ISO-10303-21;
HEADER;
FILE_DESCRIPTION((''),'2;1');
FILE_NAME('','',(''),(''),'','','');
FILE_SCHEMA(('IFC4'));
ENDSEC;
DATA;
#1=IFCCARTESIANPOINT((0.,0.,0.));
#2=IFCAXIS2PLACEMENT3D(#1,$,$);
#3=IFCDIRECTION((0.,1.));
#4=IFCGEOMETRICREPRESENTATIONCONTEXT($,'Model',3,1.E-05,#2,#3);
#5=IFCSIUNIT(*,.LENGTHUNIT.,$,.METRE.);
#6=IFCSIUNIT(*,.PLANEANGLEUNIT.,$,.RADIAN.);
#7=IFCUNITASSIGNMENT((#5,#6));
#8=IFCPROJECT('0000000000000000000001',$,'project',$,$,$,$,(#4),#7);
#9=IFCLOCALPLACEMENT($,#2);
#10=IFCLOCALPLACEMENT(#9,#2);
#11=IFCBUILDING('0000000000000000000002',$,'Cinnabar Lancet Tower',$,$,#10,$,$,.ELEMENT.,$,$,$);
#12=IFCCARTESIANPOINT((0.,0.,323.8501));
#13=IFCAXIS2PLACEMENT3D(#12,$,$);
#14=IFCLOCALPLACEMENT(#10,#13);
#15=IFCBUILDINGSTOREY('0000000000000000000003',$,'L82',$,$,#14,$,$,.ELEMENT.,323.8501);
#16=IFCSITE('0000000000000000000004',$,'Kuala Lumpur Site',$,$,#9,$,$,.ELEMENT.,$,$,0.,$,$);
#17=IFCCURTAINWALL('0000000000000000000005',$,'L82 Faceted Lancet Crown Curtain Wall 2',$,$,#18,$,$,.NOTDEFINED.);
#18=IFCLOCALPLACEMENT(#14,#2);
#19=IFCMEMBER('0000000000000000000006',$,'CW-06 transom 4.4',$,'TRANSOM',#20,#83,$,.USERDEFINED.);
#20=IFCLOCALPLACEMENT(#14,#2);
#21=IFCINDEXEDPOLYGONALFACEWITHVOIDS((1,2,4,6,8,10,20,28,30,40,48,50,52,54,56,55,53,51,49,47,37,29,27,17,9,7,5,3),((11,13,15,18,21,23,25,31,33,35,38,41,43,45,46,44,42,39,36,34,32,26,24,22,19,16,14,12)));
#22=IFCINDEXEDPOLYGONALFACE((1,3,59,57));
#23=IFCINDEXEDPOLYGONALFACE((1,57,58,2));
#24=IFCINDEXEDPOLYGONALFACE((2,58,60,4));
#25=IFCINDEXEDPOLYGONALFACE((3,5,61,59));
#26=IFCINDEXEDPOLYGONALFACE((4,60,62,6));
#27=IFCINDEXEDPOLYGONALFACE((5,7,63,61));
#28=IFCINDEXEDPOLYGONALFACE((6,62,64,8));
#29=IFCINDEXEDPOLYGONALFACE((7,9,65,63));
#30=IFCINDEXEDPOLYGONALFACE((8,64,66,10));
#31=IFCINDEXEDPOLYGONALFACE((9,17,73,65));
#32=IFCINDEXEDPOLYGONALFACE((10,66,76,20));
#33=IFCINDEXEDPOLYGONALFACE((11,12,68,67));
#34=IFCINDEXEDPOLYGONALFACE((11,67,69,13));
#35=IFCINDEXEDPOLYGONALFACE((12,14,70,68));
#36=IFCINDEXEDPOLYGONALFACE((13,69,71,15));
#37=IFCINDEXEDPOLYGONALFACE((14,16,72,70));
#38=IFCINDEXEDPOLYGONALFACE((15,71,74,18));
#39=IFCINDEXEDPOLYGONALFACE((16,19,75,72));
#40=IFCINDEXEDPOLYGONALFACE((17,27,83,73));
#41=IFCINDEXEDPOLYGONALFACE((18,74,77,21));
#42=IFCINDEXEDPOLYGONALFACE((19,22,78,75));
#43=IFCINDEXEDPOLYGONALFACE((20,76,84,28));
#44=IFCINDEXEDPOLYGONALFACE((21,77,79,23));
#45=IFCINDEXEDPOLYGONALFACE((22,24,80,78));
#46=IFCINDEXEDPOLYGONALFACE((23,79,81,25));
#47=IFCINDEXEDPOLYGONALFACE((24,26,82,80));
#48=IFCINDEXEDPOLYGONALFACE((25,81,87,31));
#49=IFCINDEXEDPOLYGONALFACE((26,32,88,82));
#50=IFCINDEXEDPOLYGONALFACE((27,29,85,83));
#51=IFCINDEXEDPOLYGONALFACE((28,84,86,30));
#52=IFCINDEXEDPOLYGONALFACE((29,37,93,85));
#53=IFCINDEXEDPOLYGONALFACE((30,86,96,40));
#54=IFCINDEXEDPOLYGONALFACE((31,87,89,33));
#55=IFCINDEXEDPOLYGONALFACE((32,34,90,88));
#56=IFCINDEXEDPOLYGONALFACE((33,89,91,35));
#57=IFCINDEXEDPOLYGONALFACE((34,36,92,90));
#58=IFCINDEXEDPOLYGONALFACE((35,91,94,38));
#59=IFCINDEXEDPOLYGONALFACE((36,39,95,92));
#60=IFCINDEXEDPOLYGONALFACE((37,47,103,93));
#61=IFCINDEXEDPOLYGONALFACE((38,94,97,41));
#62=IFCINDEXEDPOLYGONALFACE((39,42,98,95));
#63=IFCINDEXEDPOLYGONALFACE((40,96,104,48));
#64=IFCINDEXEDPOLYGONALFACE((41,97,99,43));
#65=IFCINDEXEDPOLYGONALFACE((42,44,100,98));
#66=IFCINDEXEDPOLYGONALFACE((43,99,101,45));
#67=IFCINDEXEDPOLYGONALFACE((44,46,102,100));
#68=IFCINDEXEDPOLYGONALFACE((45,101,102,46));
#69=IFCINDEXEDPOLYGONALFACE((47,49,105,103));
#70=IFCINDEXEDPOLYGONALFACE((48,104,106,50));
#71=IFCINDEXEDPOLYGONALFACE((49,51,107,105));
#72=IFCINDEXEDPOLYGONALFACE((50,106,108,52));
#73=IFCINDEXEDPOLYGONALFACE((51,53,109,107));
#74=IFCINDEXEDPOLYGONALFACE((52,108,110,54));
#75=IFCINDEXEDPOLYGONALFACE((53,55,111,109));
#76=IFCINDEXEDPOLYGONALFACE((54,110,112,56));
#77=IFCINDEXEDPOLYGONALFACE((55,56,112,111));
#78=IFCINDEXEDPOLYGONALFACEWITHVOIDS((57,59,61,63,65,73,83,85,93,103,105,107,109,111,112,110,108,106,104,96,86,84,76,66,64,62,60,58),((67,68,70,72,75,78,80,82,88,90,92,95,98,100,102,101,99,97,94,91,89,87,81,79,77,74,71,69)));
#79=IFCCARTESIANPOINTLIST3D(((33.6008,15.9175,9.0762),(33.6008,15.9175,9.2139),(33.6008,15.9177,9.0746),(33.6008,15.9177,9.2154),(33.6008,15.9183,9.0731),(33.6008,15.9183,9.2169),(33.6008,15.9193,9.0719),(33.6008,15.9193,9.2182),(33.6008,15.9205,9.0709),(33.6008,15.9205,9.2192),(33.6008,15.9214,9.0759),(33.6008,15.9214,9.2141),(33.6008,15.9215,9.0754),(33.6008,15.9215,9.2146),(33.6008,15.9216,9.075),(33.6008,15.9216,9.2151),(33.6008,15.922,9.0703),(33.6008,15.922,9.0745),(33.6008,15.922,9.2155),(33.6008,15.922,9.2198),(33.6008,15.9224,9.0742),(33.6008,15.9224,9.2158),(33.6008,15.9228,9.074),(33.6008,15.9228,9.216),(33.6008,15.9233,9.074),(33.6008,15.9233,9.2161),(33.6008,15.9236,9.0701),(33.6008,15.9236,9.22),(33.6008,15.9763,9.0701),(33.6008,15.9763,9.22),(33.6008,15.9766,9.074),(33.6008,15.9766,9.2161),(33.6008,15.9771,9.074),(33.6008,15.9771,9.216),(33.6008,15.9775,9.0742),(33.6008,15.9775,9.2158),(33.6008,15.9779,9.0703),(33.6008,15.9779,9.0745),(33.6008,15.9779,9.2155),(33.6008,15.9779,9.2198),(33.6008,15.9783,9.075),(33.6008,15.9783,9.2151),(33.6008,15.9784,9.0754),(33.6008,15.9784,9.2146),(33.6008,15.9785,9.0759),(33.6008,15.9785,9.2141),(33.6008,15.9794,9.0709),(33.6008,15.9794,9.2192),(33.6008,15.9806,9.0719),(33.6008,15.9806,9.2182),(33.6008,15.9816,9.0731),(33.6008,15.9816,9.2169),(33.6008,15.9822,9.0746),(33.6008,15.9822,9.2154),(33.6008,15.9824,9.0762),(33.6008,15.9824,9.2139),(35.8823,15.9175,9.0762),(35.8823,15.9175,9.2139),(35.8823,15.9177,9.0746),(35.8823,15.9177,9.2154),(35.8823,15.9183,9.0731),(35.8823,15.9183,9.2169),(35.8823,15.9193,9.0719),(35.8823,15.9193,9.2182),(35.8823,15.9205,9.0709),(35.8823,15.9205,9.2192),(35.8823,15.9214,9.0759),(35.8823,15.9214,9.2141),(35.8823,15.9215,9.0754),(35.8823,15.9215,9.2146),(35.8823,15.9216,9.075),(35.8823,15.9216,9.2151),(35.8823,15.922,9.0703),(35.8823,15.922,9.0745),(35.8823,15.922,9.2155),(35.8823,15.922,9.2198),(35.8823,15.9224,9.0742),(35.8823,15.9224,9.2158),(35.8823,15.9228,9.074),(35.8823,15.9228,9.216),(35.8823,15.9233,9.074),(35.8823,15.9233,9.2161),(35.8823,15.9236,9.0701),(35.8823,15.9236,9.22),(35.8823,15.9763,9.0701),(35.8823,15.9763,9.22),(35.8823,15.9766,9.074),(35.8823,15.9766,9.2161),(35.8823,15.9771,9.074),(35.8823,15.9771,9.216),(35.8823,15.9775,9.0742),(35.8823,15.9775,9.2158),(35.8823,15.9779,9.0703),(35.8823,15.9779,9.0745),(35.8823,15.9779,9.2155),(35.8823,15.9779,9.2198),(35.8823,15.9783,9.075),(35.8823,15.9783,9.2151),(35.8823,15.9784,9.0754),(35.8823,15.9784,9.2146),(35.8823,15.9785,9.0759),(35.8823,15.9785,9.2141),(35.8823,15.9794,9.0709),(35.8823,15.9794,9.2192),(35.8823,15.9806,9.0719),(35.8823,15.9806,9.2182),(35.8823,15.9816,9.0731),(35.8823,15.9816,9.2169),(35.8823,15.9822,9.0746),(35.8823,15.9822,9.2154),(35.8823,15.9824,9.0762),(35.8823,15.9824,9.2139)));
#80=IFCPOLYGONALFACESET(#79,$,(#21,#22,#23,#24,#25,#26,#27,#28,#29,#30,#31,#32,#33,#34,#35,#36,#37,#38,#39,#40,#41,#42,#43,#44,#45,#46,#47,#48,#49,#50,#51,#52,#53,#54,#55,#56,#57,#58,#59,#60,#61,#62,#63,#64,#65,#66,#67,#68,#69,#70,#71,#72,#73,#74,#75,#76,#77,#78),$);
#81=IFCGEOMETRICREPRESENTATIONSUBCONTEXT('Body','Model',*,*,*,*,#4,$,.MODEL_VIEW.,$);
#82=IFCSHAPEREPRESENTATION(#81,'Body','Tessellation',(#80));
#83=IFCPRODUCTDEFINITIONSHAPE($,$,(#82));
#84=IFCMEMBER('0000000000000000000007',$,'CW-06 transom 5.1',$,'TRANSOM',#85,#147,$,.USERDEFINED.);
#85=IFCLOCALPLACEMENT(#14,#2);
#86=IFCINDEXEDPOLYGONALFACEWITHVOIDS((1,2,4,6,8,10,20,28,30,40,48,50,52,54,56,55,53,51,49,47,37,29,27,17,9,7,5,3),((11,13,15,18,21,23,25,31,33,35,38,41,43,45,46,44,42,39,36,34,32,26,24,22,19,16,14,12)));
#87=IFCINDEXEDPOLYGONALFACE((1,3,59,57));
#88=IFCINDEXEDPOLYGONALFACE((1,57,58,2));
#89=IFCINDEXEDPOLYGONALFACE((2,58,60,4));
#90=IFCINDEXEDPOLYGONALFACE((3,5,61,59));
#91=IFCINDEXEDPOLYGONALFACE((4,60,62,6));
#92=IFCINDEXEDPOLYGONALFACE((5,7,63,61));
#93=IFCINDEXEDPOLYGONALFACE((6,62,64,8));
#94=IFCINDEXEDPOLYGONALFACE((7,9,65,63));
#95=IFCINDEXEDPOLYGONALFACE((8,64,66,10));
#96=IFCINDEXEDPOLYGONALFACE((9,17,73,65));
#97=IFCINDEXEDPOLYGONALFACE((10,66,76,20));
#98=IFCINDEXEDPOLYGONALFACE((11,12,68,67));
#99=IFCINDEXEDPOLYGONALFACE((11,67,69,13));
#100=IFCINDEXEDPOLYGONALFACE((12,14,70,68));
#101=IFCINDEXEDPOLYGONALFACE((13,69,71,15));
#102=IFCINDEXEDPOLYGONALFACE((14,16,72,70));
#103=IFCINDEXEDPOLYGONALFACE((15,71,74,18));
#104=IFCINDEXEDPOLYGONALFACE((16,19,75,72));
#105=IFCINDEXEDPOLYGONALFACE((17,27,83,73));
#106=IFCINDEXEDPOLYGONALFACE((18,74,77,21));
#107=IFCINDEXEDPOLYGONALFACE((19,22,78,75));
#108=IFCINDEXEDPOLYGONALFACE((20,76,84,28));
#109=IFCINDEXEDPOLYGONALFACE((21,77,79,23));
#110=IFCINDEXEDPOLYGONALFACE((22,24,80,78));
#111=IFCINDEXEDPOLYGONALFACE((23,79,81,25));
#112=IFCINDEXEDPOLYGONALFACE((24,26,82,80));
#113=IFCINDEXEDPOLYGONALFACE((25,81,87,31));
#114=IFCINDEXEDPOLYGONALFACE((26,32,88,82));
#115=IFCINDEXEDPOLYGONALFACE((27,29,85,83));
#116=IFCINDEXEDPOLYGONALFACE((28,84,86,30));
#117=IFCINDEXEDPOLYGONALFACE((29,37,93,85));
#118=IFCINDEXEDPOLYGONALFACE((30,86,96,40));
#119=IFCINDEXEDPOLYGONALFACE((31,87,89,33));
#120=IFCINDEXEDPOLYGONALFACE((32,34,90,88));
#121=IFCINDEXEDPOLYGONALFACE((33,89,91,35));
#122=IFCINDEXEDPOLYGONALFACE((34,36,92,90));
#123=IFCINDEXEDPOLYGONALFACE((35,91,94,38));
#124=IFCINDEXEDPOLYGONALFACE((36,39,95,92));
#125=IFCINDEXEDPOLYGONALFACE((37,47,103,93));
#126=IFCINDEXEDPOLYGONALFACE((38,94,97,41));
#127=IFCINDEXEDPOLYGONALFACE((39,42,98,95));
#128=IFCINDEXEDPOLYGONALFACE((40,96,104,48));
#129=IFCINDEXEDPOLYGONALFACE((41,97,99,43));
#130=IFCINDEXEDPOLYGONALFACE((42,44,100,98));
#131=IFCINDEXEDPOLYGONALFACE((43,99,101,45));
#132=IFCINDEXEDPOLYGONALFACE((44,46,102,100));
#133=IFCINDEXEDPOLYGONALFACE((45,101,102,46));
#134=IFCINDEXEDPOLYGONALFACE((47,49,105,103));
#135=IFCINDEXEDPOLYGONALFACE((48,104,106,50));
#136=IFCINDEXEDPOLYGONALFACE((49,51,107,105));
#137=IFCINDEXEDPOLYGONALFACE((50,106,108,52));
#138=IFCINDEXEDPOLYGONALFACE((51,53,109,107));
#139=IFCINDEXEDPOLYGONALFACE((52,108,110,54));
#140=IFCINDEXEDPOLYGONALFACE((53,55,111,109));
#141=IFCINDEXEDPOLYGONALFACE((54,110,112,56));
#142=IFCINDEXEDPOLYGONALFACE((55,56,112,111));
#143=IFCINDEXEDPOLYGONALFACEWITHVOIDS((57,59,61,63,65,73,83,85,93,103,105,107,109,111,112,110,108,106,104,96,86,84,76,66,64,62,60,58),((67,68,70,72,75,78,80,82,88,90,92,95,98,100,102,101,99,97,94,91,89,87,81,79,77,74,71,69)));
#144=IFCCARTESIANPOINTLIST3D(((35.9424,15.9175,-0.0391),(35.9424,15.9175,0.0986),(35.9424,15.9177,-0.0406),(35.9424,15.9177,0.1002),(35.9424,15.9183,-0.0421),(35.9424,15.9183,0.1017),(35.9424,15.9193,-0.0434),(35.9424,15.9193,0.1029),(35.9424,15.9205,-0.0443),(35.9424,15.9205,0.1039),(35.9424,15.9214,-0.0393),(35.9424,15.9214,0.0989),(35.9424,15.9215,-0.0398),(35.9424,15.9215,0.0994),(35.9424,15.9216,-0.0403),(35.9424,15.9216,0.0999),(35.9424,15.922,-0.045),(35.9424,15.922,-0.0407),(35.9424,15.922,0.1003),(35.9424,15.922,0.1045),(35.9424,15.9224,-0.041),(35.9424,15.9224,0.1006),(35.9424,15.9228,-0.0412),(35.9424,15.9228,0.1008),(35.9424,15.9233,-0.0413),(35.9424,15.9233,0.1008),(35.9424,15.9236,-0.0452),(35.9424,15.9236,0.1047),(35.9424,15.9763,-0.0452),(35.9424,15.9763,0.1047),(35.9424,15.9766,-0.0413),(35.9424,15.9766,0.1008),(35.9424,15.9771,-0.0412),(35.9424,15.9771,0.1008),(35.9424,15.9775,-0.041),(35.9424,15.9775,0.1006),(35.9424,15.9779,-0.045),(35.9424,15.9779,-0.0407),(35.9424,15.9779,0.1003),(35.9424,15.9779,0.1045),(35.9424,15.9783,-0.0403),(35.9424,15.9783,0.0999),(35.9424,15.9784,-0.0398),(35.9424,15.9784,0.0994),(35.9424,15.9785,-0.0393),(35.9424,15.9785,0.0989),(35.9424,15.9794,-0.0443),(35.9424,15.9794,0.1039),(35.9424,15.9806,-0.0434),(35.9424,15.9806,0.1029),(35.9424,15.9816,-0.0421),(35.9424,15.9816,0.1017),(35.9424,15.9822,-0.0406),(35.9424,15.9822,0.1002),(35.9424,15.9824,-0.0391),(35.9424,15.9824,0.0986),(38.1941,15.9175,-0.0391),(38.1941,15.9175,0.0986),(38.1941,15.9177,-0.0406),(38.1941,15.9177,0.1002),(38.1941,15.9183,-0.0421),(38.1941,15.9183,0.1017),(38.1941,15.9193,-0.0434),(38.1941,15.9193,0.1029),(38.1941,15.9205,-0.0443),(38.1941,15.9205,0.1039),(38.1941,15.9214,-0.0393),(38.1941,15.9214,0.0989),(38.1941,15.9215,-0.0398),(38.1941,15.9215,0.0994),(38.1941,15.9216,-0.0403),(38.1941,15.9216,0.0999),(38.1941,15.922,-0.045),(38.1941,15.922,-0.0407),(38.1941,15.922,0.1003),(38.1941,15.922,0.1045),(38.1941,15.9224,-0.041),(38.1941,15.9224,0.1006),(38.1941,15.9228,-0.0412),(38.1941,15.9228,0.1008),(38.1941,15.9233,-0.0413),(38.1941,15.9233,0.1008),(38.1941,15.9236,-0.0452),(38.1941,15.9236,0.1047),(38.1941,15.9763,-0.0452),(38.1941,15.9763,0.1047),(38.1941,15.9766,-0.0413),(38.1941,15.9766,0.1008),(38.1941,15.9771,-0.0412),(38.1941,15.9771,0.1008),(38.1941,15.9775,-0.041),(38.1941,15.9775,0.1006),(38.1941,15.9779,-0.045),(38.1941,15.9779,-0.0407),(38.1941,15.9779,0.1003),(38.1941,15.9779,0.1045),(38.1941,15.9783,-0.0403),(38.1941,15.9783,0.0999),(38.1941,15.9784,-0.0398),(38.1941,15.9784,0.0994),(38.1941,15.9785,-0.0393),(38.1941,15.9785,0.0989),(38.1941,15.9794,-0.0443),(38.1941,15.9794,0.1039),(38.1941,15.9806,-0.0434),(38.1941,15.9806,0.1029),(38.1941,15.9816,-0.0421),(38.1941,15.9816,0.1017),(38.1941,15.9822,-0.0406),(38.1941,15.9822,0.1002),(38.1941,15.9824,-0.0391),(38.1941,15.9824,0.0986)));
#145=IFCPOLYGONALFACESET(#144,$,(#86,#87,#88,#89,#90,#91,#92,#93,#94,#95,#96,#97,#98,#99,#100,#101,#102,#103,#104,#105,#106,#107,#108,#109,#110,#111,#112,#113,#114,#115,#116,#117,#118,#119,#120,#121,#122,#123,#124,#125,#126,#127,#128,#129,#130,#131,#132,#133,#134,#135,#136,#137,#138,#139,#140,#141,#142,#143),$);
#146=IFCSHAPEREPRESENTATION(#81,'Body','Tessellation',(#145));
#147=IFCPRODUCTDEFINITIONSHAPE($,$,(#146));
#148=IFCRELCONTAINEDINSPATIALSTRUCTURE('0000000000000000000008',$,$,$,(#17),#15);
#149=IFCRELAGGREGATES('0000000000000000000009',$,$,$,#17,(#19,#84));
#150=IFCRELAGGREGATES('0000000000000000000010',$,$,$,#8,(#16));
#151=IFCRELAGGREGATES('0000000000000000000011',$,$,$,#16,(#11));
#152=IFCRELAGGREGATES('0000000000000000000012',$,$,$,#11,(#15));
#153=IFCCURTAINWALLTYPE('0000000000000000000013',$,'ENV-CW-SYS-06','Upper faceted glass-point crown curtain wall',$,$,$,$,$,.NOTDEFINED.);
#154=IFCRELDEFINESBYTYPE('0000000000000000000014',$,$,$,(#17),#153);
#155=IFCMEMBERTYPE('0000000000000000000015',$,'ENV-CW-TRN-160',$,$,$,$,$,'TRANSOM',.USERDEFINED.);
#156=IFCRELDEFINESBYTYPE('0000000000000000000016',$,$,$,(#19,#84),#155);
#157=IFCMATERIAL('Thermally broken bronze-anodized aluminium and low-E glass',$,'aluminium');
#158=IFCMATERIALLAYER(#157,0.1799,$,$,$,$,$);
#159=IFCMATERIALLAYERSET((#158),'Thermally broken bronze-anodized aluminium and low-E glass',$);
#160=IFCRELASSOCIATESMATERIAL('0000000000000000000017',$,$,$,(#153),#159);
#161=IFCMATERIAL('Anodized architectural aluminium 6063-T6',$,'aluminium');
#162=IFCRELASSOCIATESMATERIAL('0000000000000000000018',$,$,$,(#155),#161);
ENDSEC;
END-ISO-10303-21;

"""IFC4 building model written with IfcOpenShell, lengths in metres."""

from ifc_helpers import new_model, si_unit, direction, frame, origin, origin_2d, place, context, subcontext, project, spatial, hollow_rectangle, extrude, material, layer, layer_set, material_profile, profile_set, type_object, element, aggregate, save


model = new_model("IFC4")

# Units and contexts
model_context = context("Model", 3, precision=1e-05, world=origin(), true_north=direction((0.0, 1.0)))
body_context = subcontext(model_context, "Body", "Model", "MODEL_VIEW")
ifc_project = project(units=[si_unit("LENGTHUNIT", "METRE"), si_unit("PLANEANGLEUNIT", "RADIAN")], contexts=[model_context])

# Site, building, storey
site_placement = place(None, origin())
site = spatial("IfcSite", under=ifc_project, at=site_placement, Name="Kuala Lumpur Site", CompositionType="ELEMENT", RefElevation=0.0)
building_placement = place(site_placement, origin())
building = spatial("IfcBuilding", under=site, at=building_placement, Name="Cinnabar Lancet Tower", CompositionType="ELEMENT")
storey_placement = place(building_placement, frame((0.0, 0.0, 323.8501)))
storey = spatial("IfcBuildingStorey", under=building, at=storey_placement, Name="L82", CompositionType="ELEMENT", Elevation=323.8501)

# Curtain wall
ifc_material_1 = material(Name="Thermally broken bronze-anodized aluminium and low-E glass", Category="aluminium")
ifc_layer_1 = layer(ifc_material_1, 0.1799)
ifc_layer_set_1 = layer_set([ifc_layer_1], Name="Thermally broken bronze-anodized aluminium and low-E glass")
curtain_wall_type = type_object("IfcCurtainWallType", Name="ENV-CW-SYS-06", Description="Upper faceted glass-point crown curtain wall", PredefinedType="NOTDEFINED", material=ifc_layer_set_1)
curtain_wall_1_placement = place(storey_placement, origin())
curtain_wall_1 = element("IfcCurtainWall", 1, at=curtain_wall_1_placement, inside=storey, type_object=curtain_wall_type, Name="L82 Faceted Lancet Crown Curtain Wall 2", PredefinedType="NOTDEFINED")

# Members
ifc_material_2 = material(Name="Anodized architectural aluminium 6063-T6", Category="aluminium")
ifc_material_profile_1 = material_profile(ifc_material_2, hollow_rectangle(XDim=0.0649, YDim=0.1499, WallThickness=0.0039, InnerFilletRadius=0.002, OuterFilletRadius=0.0061, at=origin_2d()), Name="CW-TRN 150x65x4")
ifc_profile_set_1 = profile_set([ifc_material_profile_1], Name="Anodized architectural aluminium 6063-T6")
member_type_1 = type_object("IfcMemberType", Name="ENV-CW-TRN-160", ElementType="TRANSOM", PredefinedType="USERDEFINED", material=ifc_profile_set_1)
member_1_placement = place(storey_placement, frame((33.6008, 15.95, 9.145), z_axis=(1.0, 0.0, 0.0), x_axis=(0.0, 1.0, 0.0)))
member_1 = element("IfcMember", 2, at=member_1_placement, type_object=member_type_1, Name="CW-06 transom 4.4", ObjectType="TRANSOM", PredefinedType="USERDEFINED", context=body_context, shape_type="SweptSolid", body=[
    extrude(hollow_rectangle(XDim=0.0649, YDim=0.1499, WallThickness=0.0039, InnerFilletRadius=0.002, OuterFilletRadius=0.0061, at=origin_2d()), origin(), (0.0, 0.0, 1.0), 2.2815),
])
member_2_placement = place(storey_placement, frame((35.9424, 15.95, 0.0298), z_axis=(1.0, 0.0, 0.0), x_axis=(0.0, 1.0, 0.0)))
member_2 = element("IfcMember", 3, at=member_2_placement, type_object=member_type_1, Name="CW-06 transom 5.1", ObjectType="TRANSOM", PredefinedType="USERDEFINED", context=body_context, shape_type="SweptSolid", body=[
    extrude(hollow_rectangle(XDim=0.0649, YDim=0.1499, WallThickness=0.0039, InnerFilletRadius=0.002, OuterFilletRadius=0.0061, at=origin_2d()), origin(), (0.0, 0.0, 1.0), 2.2517),
])

aggregate(curtain_wall_1, [member_1, member_2])

save(model, "model.ifc")
